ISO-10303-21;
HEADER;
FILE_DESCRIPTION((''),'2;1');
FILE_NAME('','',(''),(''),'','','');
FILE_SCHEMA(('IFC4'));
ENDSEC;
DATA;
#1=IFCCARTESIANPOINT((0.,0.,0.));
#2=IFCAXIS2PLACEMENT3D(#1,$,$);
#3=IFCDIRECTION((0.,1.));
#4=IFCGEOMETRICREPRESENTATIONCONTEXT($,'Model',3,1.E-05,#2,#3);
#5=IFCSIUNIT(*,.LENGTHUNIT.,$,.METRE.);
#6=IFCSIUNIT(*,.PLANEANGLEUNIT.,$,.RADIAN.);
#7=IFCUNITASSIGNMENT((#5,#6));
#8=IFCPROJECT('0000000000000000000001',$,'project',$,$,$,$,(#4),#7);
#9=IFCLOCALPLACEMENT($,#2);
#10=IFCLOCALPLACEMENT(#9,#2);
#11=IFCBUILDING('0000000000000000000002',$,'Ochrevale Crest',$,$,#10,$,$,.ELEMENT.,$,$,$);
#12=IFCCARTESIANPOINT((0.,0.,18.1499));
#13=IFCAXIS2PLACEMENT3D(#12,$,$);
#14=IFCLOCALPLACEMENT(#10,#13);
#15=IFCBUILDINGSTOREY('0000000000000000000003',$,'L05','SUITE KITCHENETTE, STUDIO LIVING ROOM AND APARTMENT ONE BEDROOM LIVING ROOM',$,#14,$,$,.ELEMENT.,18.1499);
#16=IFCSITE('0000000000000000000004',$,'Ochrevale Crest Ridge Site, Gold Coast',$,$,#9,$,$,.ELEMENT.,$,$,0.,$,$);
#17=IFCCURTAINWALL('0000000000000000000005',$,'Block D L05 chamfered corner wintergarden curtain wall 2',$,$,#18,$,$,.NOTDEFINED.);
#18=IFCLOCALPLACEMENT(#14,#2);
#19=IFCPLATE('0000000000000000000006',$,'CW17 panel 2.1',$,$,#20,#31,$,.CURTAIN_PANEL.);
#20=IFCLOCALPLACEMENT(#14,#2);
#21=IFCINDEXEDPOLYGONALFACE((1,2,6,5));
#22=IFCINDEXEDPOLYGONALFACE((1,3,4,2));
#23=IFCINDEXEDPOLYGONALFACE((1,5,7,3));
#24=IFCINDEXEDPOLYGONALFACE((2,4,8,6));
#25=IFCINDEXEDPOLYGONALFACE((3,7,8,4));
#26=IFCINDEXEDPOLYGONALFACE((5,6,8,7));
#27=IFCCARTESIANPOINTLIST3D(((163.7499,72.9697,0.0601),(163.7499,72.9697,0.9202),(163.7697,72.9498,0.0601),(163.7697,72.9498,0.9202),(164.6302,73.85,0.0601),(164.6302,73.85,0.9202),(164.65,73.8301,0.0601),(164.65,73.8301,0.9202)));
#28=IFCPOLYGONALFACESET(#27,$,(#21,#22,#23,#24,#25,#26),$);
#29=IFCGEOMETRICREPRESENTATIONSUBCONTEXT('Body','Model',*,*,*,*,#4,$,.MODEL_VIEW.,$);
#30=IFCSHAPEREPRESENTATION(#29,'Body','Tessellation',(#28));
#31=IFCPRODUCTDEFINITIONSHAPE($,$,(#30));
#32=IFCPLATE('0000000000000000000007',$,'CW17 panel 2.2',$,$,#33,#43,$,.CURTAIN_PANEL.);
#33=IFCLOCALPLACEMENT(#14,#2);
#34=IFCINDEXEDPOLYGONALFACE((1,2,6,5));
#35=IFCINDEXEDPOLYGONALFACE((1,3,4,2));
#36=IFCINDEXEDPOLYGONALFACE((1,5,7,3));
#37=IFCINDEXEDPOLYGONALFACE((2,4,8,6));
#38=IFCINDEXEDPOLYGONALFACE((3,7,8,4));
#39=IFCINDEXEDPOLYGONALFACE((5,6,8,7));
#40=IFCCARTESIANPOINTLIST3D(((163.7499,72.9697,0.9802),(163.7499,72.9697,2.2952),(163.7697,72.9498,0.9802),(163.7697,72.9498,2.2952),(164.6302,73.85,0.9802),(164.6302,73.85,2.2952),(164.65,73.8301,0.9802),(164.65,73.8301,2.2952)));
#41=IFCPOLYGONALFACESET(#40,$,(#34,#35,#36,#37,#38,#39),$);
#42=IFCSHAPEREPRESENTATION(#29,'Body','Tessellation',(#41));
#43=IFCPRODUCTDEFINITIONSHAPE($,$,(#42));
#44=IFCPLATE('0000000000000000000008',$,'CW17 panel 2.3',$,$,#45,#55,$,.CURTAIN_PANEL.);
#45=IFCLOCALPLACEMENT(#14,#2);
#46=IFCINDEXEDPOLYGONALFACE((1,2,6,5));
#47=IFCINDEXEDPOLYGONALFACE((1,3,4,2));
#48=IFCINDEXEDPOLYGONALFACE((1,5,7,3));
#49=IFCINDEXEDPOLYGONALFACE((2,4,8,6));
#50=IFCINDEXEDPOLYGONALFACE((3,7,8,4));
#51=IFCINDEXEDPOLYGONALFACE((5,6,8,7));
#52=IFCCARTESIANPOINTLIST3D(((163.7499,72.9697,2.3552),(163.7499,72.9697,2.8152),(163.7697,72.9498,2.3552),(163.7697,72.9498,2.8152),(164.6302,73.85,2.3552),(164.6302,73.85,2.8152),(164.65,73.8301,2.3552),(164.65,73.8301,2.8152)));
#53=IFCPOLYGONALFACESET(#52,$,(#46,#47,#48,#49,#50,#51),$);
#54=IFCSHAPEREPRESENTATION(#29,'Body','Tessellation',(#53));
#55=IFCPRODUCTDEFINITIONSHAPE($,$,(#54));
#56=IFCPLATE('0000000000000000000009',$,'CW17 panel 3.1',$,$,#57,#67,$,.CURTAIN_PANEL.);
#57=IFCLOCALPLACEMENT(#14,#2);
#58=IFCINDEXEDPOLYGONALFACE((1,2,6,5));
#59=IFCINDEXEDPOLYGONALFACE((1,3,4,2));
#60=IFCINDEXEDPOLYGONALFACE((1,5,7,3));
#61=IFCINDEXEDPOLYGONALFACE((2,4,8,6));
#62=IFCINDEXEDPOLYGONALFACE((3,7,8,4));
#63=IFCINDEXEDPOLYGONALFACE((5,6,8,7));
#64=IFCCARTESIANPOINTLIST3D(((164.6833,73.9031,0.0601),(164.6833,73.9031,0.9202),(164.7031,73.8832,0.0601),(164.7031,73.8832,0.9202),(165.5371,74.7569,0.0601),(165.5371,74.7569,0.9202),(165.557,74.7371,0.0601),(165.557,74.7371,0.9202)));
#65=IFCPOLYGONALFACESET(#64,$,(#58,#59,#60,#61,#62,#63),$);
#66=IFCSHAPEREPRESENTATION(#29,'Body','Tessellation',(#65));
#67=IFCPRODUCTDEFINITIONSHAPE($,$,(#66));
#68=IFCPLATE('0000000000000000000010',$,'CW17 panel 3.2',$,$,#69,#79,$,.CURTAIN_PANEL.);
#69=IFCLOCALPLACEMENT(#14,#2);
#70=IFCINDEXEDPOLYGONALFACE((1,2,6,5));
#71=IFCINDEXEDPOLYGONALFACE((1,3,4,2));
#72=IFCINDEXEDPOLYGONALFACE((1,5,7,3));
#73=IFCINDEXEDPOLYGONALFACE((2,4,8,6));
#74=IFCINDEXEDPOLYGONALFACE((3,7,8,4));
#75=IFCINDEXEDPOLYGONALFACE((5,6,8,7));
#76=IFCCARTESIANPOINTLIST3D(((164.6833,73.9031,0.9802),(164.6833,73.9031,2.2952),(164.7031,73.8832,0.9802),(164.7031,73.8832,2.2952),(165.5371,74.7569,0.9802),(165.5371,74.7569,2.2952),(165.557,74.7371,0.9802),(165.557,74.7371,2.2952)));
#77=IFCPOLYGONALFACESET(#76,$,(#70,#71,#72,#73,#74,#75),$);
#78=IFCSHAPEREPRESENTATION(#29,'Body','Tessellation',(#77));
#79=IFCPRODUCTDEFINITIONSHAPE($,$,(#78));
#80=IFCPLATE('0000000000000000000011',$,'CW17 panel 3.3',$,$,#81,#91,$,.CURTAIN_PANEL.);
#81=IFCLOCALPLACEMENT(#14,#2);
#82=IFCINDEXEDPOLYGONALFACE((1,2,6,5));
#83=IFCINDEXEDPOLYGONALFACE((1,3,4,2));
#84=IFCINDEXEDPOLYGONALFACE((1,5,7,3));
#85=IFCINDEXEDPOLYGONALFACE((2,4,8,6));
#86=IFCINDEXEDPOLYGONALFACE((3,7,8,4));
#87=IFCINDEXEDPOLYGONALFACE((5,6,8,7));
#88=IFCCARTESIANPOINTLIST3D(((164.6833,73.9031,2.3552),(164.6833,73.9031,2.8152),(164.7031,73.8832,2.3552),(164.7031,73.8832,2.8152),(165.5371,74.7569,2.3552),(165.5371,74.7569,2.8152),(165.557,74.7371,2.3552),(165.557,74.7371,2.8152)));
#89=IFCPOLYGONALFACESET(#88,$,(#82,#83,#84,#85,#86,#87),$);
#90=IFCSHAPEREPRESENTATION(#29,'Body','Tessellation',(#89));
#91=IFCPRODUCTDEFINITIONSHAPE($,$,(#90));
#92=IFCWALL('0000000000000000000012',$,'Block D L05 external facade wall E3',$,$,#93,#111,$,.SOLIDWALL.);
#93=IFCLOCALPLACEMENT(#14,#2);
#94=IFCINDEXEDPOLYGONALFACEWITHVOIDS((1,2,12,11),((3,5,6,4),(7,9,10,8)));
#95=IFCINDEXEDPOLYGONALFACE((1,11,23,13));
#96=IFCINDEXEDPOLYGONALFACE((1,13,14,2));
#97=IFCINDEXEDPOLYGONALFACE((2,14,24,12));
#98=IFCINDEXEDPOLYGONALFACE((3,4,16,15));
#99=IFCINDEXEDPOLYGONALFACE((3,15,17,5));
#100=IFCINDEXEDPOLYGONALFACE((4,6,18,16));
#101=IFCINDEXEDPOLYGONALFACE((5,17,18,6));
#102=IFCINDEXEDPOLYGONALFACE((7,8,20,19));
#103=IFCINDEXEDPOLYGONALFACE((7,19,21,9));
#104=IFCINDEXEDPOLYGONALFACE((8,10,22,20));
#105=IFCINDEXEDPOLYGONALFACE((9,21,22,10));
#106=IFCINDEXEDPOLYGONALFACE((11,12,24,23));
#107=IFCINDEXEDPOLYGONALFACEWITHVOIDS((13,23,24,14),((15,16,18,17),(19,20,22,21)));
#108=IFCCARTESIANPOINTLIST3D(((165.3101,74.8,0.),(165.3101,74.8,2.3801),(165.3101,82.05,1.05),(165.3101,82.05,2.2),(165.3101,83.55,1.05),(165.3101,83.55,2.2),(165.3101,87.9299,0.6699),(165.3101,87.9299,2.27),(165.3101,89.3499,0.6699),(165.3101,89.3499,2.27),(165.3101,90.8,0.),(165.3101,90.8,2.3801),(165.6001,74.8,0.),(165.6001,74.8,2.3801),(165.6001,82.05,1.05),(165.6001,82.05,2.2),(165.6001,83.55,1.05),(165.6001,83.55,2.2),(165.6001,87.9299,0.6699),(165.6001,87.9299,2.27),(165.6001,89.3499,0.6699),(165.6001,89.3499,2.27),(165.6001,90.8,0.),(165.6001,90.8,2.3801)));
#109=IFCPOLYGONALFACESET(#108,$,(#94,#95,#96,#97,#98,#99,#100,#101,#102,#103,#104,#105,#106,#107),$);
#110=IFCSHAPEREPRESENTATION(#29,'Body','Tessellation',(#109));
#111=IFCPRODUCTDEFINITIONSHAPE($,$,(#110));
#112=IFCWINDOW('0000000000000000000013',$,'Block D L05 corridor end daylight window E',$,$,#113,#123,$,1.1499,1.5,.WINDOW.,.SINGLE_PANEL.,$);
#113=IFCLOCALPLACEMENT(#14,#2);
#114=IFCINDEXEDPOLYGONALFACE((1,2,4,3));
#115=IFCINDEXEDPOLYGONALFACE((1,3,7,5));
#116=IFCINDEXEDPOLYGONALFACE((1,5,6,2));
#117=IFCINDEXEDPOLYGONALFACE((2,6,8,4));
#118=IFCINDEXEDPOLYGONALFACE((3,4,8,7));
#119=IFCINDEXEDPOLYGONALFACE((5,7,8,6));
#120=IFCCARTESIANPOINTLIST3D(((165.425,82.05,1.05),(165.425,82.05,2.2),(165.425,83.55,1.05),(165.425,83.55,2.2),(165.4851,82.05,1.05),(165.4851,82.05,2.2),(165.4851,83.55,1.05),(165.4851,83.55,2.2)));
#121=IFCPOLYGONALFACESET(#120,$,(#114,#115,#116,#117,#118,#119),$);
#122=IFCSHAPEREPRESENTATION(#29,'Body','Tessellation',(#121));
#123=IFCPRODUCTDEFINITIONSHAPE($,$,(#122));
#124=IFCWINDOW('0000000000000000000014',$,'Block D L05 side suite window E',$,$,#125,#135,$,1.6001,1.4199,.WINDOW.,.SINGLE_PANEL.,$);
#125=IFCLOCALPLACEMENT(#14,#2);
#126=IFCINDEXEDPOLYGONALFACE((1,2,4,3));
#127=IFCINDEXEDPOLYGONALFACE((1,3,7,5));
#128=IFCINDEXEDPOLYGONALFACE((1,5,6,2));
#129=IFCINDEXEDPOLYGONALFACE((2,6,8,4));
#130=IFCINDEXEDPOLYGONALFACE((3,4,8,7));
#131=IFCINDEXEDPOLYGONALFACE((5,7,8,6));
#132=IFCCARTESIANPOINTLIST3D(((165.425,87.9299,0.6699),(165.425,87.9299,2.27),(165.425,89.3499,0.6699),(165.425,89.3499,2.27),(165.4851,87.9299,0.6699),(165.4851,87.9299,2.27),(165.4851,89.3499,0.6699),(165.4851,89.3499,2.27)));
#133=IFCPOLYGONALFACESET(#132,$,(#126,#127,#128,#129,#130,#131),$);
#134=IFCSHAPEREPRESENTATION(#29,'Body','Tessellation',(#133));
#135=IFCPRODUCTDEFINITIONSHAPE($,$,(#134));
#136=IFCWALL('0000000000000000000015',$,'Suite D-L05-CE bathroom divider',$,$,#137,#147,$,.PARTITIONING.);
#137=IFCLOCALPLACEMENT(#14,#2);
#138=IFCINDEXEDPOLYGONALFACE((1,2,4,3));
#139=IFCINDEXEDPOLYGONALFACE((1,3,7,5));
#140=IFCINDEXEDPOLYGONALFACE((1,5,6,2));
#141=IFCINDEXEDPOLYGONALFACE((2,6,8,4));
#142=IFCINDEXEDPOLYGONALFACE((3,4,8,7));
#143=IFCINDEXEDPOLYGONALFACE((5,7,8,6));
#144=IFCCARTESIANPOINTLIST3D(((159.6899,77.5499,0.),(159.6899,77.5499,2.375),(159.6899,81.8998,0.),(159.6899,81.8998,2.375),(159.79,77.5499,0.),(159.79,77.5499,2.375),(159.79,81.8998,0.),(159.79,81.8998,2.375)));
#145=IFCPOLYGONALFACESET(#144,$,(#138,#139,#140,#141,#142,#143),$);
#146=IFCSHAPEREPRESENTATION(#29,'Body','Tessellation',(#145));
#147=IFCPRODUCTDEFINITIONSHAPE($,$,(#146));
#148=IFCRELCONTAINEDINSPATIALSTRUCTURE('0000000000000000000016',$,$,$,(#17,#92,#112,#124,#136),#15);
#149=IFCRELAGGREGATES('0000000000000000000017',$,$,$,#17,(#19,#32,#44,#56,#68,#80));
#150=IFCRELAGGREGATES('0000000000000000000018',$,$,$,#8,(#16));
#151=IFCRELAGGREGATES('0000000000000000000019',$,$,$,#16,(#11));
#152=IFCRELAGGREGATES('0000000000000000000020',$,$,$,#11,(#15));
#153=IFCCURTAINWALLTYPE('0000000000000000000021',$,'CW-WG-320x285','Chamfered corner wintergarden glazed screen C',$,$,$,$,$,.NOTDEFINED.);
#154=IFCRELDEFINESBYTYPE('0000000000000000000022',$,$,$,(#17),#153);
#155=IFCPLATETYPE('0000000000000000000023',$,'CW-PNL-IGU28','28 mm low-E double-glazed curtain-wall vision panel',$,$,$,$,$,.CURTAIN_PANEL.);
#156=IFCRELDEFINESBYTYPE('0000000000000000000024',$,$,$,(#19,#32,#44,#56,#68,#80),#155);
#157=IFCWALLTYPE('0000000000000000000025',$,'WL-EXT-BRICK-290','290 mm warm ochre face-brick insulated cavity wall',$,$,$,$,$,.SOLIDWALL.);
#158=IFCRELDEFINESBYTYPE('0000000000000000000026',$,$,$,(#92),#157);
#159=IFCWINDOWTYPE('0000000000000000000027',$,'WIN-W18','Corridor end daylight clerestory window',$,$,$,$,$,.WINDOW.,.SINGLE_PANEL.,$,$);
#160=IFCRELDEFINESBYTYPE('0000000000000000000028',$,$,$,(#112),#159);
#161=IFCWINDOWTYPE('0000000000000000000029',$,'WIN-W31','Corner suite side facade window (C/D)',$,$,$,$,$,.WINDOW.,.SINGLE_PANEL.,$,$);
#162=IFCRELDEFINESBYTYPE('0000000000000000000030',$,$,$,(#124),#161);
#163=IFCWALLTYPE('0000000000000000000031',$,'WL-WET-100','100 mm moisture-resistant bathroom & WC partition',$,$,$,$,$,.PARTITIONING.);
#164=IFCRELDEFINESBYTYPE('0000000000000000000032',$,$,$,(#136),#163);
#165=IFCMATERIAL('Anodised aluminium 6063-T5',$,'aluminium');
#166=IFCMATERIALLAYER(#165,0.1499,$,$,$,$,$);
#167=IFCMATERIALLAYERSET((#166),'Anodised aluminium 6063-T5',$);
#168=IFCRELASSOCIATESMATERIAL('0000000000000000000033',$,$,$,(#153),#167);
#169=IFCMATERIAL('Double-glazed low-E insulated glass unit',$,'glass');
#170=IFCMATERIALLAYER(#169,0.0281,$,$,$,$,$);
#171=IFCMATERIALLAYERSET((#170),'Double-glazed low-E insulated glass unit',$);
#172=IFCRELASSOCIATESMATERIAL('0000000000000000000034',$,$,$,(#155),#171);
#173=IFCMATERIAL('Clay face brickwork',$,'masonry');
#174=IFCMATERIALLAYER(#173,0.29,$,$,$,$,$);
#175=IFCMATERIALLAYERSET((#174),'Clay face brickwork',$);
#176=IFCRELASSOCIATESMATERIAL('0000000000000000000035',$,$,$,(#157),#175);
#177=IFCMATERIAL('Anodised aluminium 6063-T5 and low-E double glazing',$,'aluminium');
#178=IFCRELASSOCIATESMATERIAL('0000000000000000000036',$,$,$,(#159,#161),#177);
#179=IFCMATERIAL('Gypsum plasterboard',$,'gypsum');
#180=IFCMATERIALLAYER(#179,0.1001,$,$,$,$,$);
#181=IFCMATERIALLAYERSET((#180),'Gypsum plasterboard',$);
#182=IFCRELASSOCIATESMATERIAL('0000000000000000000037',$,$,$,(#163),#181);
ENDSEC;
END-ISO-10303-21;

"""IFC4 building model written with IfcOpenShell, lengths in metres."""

from ifc_helpers import new_model, si_unit, direction, frame, frame_2d, origin, origin_2d, place, context, subcontext, project, spatial, rectangle, extrude, material, layer, layer_set, type_object, element, fill, aggregate, save


model = new_model("IFC4")

# Units and contexts
model_context = context("Model", 3, precision=1e-05, world=origin(), true_north=direction((0.0, 1.0)))
body_context = subcontext(model_context, "Body", "Model", "MODEL_VIEW")
ifc_project = project(units=[si_unit("LENGTHUNIT", "METRE"), si_unit("PLANEANGLEUNIT", "RADIAN")], contexts=[model_context])

# Site, building, storey
site_placement = place(None, origin())
site = spatial("IfcSite", under=ifc_project, at=site_placement, Name="Ochrevale Crest Ridge Site, Gold Coast", CompositionType="ELEMENT", RefElevation=0.0)
building_placement = place(site_placement, origin())
building = spatial("IfcBuilding", under=site, at=building_placement, Name="Ochrevale Crest", CompositionType="ELEMENT")
storey_placement = place(building_placement, frame((0.0, 0.0, 18.1499)))
storey = spatial("IfcBuildingStorey", under=building, at=storey_placement, Name="L05", Description="SUITE KITCHENETTE, STUDIO LIVING ROOM AND APARTMENT ONE BEDROOM LIVING ROOM", CompositionType="ELEMENT", Elevation=18.1499)

# Curtain wall, plates
ifc_material_1 = material(Name="Anodised aluminium 6063-T5", Category="aluminium")
ifc_layer_1 = layer(ifc_material_1, 0.1499)
ifc_layer_set_1 = layer_set([ifc_layer_1], Name="Anodised aluminium 6063-T5")
curtain_wall_type = type_object("IfcCurtainWallType", Name="CW-WG-320x285", Description="Chamfered corner wintergarden glazed screen C", PredefinedType="NOTDEFINED", material=ifc_layer_set_1)
curtain_wall_placement = place(storey_placement, origin())
curtain_wall = element("IfcCurtainWall", 1, at=curtain_wall_placement, inside=storey, type_object=curtain_wall_type, Name="Block D L05 chamfered corner wintergarden curtain wall 2", PredefinedType="NOTDEFINED")
ifc_material_2 = material(Name="Double-glazed low-E insulated glass unit", Category="glass")
ifc_layer_2 = layer(ifc_material_2, 0.0281)
ifc_layer_set_2 = layer_set([ifc_layer_2], Name="Double-glazed low-E insulated glass unit")
plate_type = type_object("IfcPlateType", Name="CW-PNL-IGU28", Description="28 mm low-E double-glazed curtain-wall vision panel", PredefinedType="CURTAIN_PANEL", material=ifc_layer_set_2)
plate_1_placement = place(storey_placement, frame((164.2, 73.3999, 0.0601), z_axis=(0.0, 0.0, 1.0), x_axis=(0.707107, 0.707107, 0.0)))
plate_1 = element("IfcPlate", 2, at=plate_1_placement, type_object=plate_type, Name="CW17 panel 2.1", PredefinedType="CURTAIN_PANEL", context=body_context, shape_type="SweptSolid", body=[
    extrude(rectangle(XDim=1.2449, YDim=0.0281, at=origin_2d()), origin(), (0.0, 0.0, 1.0), 0.8601),
])
plate_2_placement = place(storey_placement, frame((164.2, 73.3999, 0.9802), z_axis=(0.0, 0.0, 1.0), x_axis=(0.707107, 0.707107, 0.0)))
plate_2 = element("IfcPlate", 3, at=plate_2_placement, type_object=plate_type, Name="CW17 panel 2.2", PredefinedType="CURTAIN_PANEL", context=body_context, shape_type="SweptSolid", body=[
    extrude(rectangle(XDim=1.2449, YDim=0.0281, at=origin_2d()), origin(), (0.0, 0.0, 1.0), 1.3149),
])
plate_3_placement = place(storey_placement, frame((164.2, 73.3999, 2.3552), z_axis=(0.0, 0.0, 1.0), x_axis=(0.707107, 0.707107, 0.0)))
plate_3 = element("IfcPlate", 4, at=plate_3_placement, type_object=plate_type, Name="CW17 panel 2.3", PredefinedType="CURTAIN_PANEL", context=body_context, shape_type="SweptSolid", body=[
    extrude(rectangle(XDim=1.2449, YDim=0.0281, at=origin_2d()), origin(), (0.0, 0.0, 1.0), 0.46),
])
plate_4_placement = place(storey_placement, frame((165.1201, 74.3201, 0.0601), z_axis=(0.0, 0.0, 1.0), x_axis=(0.707107, 0.707107, 0.0)))
plate_4 = element("IfcPlate", 5, at=plate_4_placement, type_object=plate_type, Name="CW17 panel 3.1", PredefinedType="CURTAIN_PANEL", context=body_context, shape_type="SweptSolid", body=[
    extrude(rectangle(XDim=1.2075, YDim=0.0281, at=origin_2d()), origin(), (0.0, 0.0, 1.0), 0.8601),
])
plate_5_placement = place(storey_placement, frame((165.1201, 74.3201, 0.9802), z_axis=(0.0, 0.0, 1.0), x_axis=(0.707107, 0.707107, 0.0)))
plate_5 = element("IfcPlate", 6, at=plate_5_placement, type_object=plate_type, Name="CW17 panel 3.2", PredefinedType="CURTAIN_PANEL", context=body_context, shape_type="SweptSolid", body=[
    extrude(rectangle(XDim=1.2075, YDim=0.0281, at=origin_2d()), origin(), (0.0, 0.0, 1.0), 1.3149),
])
plate_6_placement = place(storey_placement, frame((165.1201, 74.3201, 2.3552), z_axis=(0.0, 0.0, 1.0), x_axis=(0.707107, 0.707107, 0.0)))
plate_6 = element("IfcPlate", 7, at=plate_6_placement, type_object=plate_type, Name="CW17 panel 3.3", PredefinedType="CURTAIN_PANEL", context=body_context, shape_type="SweptSolid", body=[
    extrude(rectangle(XDim=1.2075, YDim=0.0281, at=origin_2d()), origin(), (0.0, 0.0, 1.0), 0.46),
])
aggregate(curtain_wall, [plate_1, plate_2, plate_3, plate_4, plate_5, plate_6])

# Wall, openings, windows
ifc_material_3 = material(Name="Clay face brickwork", Category="masonry")
ifc_layer_3 = layer(ifc_material_3, 0.29)
ifc_layer_set_3 = layer_set([ifc_layer_3], Name="Clay face brickwork")
wall_type_1 = type_object("IfcWallType", Name="WL-EXT-BRICK-290", Description="290 mm warm ochre face-brick insulated cavity wall", PredefinedType="SOLIDWALL", material=ifc_layer_set_3)
wall_1_placement = place(storey_placement, frame((165.4551, 74.8, 0.0), z_axis=(0.0, 0.0, 1.0), x_axis=(0.0, 1.0, 0.0)))
wall_1 = element("IfcWall", 8, at=wall_1_placement, inside=storey, type_object=wall_type_1, Name="Block D L05 external facade wall E3", PredefinedType="SOLIDWALL", context=body_context, shape_type="SweptSolid", body=[
    extrude(rectangle(XDim=16.0, YDim=0.29, at=frame_2d((8.0, 0.0))), origin(), (0.0, 0.0, 1.0), 2.3801),
])
opening_1_placement = place(wall_1_placement, frame((7.25, 0.0, 1.05)))
opening_1 = element("IfcOpeningElement", 9, at=opening_1_placement, cuts=wall_1, PredefinedType="OPENING", context=body_context, shape_type="SweptSolid", body=[
    extrude(rectangle(XDim=1.5, YDim=1.1499, at=frame_2d((0.75, 0.575))), frame((0.0, 0.155, 0.0), z_axis=(0.0, -1.0, 0.0), x_axis=(1.0, 0.0, 0.0)), (0.0, 0.0, 1.0), 0.3101),
])
opening_2_placement = place(wall_1_placement, frame((13.1299, 0.0, 0.6699)))
opening_2 = element("IfcOpeningElement", 10, at=opening_2_placement, cuts=wall_1, PredefinedType="OPENING", context=body_context, shape_type="SweptSolid", body=[
    extrude(rectangle(XDim=1.4199, YDim=1.6001, at=frame_2d((0.71, 0.8))), frame((0.0, 0.155, 0.0), z_axis=(0.0, -1.0, 0.0), x_axis=(1.0, 0.0, 0.0)), (0.0, 0.0, 1.0), 0.3101),
])
ifc_material_4 = material(Name="Anodised aluminium 6063-T5 and low-E double glazing", Category="aluminium")
window_type_1 = type_object("IfcWindowType", Name="WIN-W18", Description="Corridor end daylight clerestory window", PartitioningType="SINGLE_PANEL", PredefinedType="WINDOW", material=ifc_material_4)
window_1_placement = place(opening_1_placement, origin())
window_1 = element("IfcWindow", 11, at=window_1_placement, inside=storey, type_object=window_type_1, Name="Block D L05 corridor end daylight window E", OverallHeight=1.1499, OverallWidth=1.5, PartitioningType="SINGLE_PANEL", PredefinedType="WINDOW", context=body_context, shape_type="SweptSolid", body=[
    extrude(rectangle(XDim=1.5, YDim=1.1499, at=frame_2d((0.75, 0.575))), frame((0.0, 0.03, 0.0), z_axis=(0.0, -1.0, 0.0), x_axis=(1.0, 0.0, 0.0)), (0.0, 0.0, 1.0), 0.0601),
])
fill(opening_1, window_1)
window_type_2 = type_object("IfcWindowType", Name="WIN-W31", Description="Corner suite side facade window (C/D)", PartitioningType="SINGLE_PANEL", PredefinedType="WINDOW", material=ifc_material_4)
window_2_placement = place(opening_2_placement, origin())
window_2 = element("IfcWindow", 12, at=window_2_placement, inside=storey, type_object=window_type_2, Name="Block D L05 side suite window E", OverallHeight=1.6001, OverallWidth=1.4199, PartitioningType="SINGLE_PANEL", PredefinedType="WINDOW", context=body_context, shape_type="SweptSolid", body=[
    extrude(rectangle(XDim=1.4199, YDim=1.6001, at=frame_2d((0.71, 0.8))), frame((0.0, 0.03, 0.0), z_axis=(0.0, -1.0, 0.0), x_axis=(1.0, 0.0, 0.0)), (0.0, 0.0, 1.0), 0.0601),
])
fill(opening_2, window_2)

# Wall
ifc_material_5 = material(Name="Gypsum plasterboard", Category="gypsum")
ifc_layer_4 = layer(ifc_material_5, 0.1001)
ifc_layer_set_4 = layer_set([ifc_layer_4], Name="Gypsum plasterboard")
wall_type_2 = type_object("IfcWallType", Name="WL-WET-100", Description="100 mm moisture-resistant bathroom & WC partition", PredefinedType="PARTITIONING", material=ifc_layer_set_4)
wall_2_placement = place(storey_placement, frame((159.74, 77.55, 0.0), z_axis=(0.0, 0.0, 1.0), x_axis=(0.0, 1.0, 0.0)))
element("IfcWall", 13, at=wall_2_placement, inside=storey, type_object=wall_type_2, Name="Suite D-L05-CE bathroom divider", PredefinedType="PARTITIONING", context=body_context, shape_type="SweptSolid", body=[
    extrude(rectangle(XDim=4.3499, YDim=0.1001, at=frame_2d((2.1748, 0.0))), origin(), (0.0, 0.0, 1.0), 2.375),
])

save(model, "model.ifc")
